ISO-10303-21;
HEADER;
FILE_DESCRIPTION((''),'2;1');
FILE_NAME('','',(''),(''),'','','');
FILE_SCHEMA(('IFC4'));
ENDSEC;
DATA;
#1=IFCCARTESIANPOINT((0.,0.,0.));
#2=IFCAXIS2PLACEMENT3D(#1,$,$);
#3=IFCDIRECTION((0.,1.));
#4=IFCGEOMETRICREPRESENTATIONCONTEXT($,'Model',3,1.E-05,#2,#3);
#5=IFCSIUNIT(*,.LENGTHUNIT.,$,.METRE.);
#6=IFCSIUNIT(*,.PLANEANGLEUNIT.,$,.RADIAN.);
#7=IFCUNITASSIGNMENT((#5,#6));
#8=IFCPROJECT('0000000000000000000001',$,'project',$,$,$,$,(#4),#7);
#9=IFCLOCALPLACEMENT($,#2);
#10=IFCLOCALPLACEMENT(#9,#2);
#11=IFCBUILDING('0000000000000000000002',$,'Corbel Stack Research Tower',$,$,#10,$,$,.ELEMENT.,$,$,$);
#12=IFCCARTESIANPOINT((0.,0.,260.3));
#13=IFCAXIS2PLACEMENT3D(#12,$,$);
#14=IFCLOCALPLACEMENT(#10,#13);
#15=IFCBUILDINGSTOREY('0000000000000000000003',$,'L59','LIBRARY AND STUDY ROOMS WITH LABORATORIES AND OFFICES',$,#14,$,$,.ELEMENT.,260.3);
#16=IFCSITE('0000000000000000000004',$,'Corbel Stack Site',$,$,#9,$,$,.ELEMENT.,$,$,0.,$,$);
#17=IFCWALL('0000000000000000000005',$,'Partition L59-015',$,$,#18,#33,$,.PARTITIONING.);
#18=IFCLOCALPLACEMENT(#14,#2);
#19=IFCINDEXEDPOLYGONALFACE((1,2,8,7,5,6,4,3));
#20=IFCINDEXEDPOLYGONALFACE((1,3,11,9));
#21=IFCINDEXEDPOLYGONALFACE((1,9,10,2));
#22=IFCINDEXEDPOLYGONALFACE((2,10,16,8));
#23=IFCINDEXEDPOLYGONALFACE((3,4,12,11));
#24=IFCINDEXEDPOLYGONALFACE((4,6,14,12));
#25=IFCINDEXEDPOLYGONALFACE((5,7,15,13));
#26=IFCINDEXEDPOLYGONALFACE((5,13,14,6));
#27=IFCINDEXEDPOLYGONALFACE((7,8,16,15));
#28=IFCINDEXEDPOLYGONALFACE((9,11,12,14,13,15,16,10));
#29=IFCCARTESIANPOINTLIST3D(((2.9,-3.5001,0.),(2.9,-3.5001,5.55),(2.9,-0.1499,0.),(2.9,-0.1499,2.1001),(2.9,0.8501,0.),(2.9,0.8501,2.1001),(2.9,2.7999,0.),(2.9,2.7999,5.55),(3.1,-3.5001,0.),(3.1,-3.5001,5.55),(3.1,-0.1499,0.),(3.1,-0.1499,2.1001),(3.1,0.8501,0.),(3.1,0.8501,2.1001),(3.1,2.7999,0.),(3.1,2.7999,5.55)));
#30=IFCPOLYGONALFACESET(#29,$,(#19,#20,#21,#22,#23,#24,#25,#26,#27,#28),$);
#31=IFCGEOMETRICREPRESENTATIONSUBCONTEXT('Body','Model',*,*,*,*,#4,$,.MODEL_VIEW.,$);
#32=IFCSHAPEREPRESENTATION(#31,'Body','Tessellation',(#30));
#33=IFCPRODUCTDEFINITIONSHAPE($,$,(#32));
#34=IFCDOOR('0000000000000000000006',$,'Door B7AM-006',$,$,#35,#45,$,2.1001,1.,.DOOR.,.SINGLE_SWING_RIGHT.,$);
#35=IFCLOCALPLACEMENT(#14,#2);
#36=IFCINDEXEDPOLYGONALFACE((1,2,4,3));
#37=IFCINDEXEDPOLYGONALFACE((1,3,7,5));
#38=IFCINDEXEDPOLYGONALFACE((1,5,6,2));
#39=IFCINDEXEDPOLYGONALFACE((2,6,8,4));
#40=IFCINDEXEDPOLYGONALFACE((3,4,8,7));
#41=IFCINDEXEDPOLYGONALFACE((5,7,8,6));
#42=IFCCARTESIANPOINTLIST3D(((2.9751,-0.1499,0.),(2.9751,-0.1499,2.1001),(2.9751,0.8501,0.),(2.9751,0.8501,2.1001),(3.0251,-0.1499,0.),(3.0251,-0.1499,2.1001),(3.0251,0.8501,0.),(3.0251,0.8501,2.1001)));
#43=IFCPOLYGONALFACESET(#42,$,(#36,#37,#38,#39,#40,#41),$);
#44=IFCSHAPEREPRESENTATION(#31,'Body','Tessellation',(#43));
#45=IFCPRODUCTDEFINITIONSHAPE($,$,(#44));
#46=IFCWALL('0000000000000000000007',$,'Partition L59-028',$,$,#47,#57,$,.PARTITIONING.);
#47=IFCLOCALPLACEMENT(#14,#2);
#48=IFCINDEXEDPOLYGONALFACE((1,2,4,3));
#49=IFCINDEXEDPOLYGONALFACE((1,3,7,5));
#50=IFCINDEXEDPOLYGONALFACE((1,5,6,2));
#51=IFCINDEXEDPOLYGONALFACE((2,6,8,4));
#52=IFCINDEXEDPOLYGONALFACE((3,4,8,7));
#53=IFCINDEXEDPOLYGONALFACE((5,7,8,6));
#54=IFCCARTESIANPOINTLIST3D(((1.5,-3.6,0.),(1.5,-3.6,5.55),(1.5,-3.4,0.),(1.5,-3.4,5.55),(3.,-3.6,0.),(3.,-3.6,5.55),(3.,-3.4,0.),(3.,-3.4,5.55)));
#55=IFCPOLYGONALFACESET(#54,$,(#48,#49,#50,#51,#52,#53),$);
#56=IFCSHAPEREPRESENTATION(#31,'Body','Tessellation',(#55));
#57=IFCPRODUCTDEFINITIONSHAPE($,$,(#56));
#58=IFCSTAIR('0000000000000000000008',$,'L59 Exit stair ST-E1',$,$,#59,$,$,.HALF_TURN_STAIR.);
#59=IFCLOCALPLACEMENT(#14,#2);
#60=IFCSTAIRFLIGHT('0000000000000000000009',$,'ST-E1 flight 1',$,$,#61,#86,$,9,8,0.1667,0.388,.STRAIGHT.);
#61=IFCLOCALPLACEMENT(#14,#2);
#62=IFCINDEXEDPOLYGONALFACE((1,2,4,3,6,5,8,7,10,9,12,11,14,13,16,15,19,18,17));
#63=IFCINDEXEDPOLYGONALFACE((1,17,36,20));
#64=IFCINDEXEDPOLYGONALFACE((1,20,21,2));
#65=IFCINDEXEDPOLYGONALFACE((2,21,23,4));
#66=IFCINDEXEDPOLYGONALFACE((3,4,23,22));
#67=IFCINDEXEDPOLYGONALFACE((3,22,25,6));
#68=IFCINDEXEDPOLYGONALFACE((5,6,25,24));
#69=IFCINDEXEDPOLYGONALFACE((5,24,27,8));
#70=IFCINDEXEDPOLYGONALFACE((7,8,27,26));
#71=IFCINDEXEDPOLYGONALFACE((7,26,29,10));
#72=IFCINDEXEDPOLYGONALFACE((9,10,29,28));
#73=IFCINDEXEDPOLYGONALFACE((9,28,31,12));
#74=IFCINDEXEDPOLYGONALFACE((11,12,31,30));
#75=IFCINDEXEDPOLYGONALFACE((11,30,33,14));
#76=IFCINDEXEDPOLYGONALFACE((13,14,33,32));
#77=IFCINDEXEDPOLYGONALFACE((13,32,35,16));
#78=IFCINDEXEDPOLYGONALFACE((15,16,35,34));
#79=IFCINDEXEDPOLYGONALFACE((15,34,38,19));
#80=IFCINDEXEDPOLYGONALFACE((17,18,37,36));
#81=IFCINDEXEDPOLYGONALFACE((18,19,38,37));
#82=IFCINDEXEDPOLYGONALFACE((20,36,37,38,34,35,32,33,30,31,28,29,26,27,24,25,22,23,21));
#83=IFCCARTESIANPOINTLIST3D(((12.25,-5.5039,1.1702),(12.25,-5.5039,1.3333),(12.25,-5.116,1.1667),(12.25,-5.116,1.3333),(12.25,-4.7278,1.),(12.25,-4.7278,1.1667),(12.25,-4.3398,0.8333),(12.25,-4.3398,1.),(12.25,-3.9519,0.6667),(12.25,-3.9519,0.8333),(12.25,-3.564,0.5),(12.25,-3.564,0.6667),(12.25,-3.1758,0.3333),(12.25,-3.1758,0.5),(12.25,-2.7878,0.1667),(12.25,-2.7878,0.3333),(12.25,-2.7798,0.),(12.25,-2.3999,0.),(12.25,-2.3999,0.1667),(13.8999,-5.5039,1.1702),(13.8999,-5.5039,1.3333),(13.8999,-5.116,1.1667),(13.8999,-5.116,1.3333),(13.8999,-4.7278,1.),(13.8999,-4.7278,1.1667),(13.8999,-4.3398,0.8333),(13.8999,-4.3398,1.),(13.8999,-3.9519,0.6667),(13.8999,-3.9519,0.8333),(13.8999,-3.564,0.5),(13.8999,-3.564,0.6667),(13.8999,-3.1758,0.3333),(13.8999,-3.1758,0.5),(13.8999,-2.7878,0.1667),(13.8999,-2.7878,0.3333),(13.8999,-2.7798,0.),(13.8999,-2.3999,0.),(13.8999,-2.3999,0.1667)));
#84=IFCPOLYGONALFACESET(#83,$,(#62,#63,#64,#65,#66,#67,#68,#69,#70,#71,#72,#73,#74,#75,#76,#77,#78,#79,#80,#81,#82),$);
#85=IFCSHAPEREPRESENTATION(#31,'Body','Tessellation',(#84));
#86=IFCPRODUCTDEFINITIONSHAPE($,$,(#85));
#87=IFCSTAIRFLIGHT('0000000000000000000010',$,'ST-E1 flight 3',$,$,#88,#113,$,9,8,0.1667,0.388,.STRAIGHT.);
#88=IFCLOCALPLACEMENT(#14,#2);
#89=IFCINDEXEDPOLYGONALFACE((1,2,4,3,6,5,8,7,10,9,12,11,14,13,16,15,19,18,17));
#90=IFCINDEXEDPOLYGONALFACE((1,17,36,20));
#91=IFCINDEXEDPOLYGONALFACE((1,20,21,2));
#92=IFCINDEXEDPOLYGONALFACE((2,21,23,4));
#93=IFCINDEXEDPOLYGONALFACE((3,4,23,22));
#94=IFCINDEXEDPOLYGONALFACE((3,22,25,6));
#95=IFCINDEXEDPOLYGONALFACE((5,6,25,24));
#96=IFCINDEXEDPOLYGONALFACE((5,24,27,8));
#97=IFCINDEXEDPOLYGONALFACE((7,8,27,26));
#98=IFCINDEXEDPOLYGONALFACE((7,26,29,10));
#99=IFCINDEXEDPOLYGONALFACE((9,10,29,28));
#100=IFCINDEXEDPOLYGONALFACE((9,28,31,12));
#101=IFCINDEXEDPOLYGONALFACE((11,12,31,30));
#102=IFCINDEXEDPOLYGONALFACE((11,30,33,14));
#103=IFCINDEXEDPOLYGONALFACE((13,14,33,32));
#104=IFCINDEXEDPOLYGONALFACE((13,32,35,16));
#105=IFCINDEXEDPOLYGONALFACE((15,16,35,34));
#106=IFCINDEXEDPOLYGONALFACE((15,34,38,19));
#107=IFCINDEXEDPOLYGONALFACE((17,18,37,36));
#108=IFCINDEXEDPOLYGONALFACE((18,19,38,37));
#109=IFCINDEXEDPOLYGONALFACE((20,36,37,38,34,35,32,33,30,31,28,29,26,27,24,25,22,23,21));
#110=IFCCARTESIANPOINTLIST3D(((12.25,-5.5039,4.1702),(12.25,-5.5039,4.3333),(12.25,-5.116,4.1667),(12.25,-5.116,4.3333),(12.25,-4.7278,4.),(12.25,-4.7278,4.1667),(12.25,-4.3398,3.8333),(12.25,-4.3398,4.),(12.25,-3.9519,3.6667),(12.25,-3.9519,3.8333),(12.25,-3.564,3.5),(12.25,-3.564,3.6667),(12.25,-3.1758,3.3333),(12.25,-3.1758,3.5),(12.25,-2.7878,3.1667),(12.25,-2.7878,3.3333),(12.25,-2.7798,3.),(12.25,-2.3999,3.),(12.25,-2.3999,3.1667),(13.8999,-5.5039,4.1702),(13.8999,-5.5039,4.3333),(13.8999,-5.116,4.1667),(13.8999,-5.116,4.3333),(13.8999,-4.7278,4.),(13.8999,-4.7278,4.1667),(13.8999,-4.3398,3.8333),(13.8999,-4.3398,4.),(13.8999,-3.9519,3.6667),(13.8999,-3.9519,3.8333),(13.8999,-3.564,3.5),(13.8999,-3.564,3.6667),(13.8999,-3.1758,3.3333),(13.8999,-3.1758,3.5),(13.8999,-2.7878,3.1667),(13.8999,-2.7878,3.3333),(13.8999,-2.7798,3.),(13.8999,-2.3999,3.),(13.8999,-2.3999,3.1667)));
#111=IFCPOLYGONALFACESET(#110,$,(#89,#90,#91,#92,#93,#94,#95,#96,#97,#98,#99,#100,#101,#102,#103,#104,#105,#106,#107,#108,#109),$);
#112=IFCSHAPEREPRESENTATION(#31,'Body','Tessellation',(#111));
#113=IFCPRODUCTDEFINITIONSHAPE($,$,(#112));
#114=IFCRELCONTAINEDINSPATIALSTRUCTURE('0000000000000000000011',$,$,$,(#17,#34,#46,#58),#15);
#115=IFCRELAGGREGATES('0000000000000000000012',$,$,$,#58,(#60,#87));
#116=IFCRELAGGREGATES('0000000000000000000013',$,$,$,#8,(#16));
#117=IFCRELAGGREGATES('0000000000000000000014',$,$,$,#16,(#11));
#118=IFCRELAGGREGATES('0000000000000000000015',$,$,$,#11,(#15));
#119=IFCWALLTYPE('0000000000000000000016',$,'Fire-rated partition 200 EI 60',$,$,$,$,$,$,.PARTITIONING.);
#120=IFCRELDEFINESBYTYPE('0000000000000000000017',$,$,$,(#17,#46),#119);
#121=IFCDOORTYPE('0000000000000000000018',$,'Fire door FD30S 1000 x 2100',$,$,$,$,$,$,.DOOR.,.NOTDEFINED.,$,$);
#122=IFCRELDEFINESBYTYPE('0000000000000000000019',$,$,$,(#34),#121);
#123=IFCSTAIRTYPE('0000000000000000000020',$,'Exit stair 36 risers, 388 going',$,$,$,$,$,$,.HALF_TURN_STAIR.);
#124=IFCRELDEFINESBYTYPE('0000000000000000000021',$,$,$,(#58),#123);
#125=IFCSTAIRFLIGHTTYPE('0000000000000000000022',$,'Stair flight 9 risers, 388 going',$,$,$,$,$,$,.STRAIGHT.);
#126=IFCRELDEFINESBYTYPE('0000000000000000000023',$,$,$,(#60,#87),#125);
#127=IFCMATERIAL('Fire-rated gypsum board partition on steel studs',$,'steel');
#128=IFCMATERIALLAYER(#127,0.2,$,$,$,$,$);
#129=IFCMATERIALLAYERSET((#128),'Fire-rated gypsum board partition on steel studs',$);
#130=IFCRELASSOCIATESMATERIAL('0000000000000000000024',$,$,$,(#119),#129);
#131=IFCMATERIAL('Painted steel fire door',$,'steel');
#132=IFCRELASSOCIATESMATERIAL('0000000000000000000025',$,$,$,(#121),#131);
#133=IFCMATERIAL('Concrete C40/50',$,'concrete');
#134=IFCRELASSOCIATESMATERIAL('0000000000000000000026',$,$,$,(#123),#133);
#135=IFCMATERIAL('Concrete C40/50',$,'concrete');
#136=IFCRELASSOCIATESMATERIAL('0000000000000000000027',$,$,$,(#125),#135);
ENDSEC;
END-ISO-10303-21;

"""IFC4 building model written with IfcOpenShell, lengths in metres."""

from ifc_helpers import new_model, si_unit, direction, frame, frame_2d, origin, place, context, subcontext, project, spatial, polyline, rectangle, outline, extrude, material, layer, layer_set, type_object, element, fill, aggregate, save


model = new_model("IFC4")

# Units and contexts
model_context = context("Model", 3, precision=1e-05, world=origin(), true_north=direction((0.0, 1.0)))
body_context = subcontext(model_context, "Body", "Model", "MODEL_VIEW")
ifc_project = project(units=[si_unit("LENGTHUNIT", "METRE"), si_unit("PLANEANGLEUNIT", "RADIAN")], contexts=[model_context])

# Site, building, storey
site_placement = place(None, origin())
site = spatial("IfcSite", under=ifc_project, at=site_placement, Name="Corbel Stack Site", CompositionType="ELEMENT", RefElevation=0.0)
building_placement = place(site_placement, origin())
building = spatial("IfcBuilding", under=site, at=building_placement, Name="Corbel Stack Research Tower", CompositionType="ELEMENT")
storey_placement = place(building_placement, frame((0.0, 0.0, 260.3)))
storey = spatial("IfcBuildingStorey", under=building, at=storey_placement, Name="L59", Description="LIBRARY AND STUDY ROOMS WITH LABORATORIES AND OFFICES", CompositionType="ELEMENT", Elevation=260.3)

# Wall, opening, door
ifc_material_1 = material(Name="Fire-rated gypsum board partition on steel studs", Category="steel")
ifc_layer_1 = layer(ifc_material_1, 0.2)
ifc_layer_set_1 = layer_set([ifc_layer_1], Name="Fire-rated gypsum board partition on steel studs")
wall_type_1 = type_object("IfcWallType", Name="Fire-rated partition 200 EI 60", PredefinedType="PARTITIONING", material=ifc_layer_set_1)
wall_1_placement = place(storey_placement, frame((3.0, -3.5, 0.0), z_axis=(0.0, 0.0, 1.0), x_axis=(0.0, 1.0, 0.0)))
wall_1 = element("IfcWall", 1, at=wall_1_placement, inside=storey, type_object=wall_type_1, Name="Partition L59-015", PredefinedType="PARTITIONING", context=body_context, shape_type="SweptSolid", body=[
    extrude(rectangle(XDim=6.3, YDim=0.2, at=frame_2d((3.1499, 0.0))), origin(), (0.0, 0.0, 1.0), 5.55),
])
opening_1_placement = place(wall_1_placement, frame((3.3501, 0.0, 0.0)))
opening_1 = element("IfcOpeningElement", 2, at=opening_1_placement, cuts=wall_1, PredefinedType="OPENING", context=body_context, shape_type="SweptSolid", body=[
    extrude(rectangle(XDim=1.0, YDim=2.1001, at=frame_2d((0.5, 1.05))), frame((0.0, 0.1099, 0.0), z_axis=(0.0, -1.0, 0.0), x_axis=(1.0, 0.0, 0.0)), (0.0, 0.0, 1.0), 0.22),
])
ifc_material_2 = material(Name="Painted steel fire door", Category="steel")
door_type_1 = type_object("IfcDoorType", Name="Fire door FD30S 1000 x 2100", OperationType="NOTDEFINED", PredefinedType="DOOR", material=ifc_material_2)
door_1_placement = place(opening_1_placement, origin())
door_1 = element("IfcDoor", 3, at=door_1_placement, inside=storey, type_object=door_type_1, Name="Door B7AM-006", OperationType="SINGLE_SWING_RIGHT", OverallHeight=2.1001, OverallWidth=1.0, PredefinedType="DOOR", context=body_context, shape_type="SweptSolid", body=[
    extrude(rectangle(XDim=1.0, YDim=2.1001, at=frame_2d((0.5, 1.05))), frame((0.0, 0.0249, 0.0), z_axis=(0.0, -1.0, 0.0), x_axis=(1.0, 0.0, 0.0)), (0.0, 0.0, 1.0), 0.05),
])
fill(opening_1, door_1)

# Wall
wall_2_placement = place(storey_placement, frame((1.5, -3.5, 0.0), z_axis=(0.0, 0.0, 1.0), x_axis=(1.0, 0.0, 0.0)))
element("IfcWall", 4, at=wall_2_placement, inside=storey, type_object=wall_type_1, Name="Partition L59-028", PredefinedType="PARTITIONING", context=body_context, shape_type="SweptSolid", body=[
    extrude(rectangle(XDim=1.5, YDim=0.2, at=frame_2d((0.75, 0.0))), origin(), (0.0, 0.0, 1.0), 5.55),
])

# Stair, stair flights
ifc_material_3 = material(Name="Concrete C40/50", Category="concrete")
stair_type = type_object("IfcStairType", Name="Exit stair 36 risers, 388 going", PredefinedType="HALF_TURN_STAIR", material=ifc_material_3)
stair_placement = place(storey_placement, origin())
stair = element("IfcStair", 5, at=stair_placement, inside=storey, type_object=stair_type, Name="L59 Exit stair ST-E1", PredefinedType="HALF_TURN_STAIR")
ifc_material_4 = material(Name="Concrete C40/50", Category="concrete")
stair_flight_type = type_object("IfcStairFlightType", Name="Stair flight 9 risers, 388 going", PredefinedType="STRAIGHT", material=ifc_material_4)
stair_flight_1_placement = place(storey_placement, frame((13.075, -2.3999, 0.0), z_axis=(0.0, 0.0, 1.0), x_axis=(0.0, -1.0, 0.0)))
stair_flight_1 = element("IfcStairFlight", 6, at=stair_flight_1_placement, type_object=stair_flight_type, Name="ST-E1 flight 1", NumberOfRisers=9, NumberOfTreads=8, PredefinedType="STRAIGHT", RiserHeight=0.1667, TreadLength=0.388, context=body_context, shape_type="SweptSolid", body=[
    extrude(outline(polyline([(0.0, 0.0), (0.0, 0.1667), (0.3879, 0.1667), (0.3879, 0.3333), (0.7759, 0.3333), (0.7759, 0.5), (1.1641, 0.5), (1.1641, 0.6667), (1.552, 0.6667), (1.552, 0.8333), (1.9399, 0.8333), (1.9399, 1.0), (2.3279, 1.0), (2.3279, 1.1667), (2.7161, 1.1667), (2.7161, 1.3333), (3.104, 1.3333), (3.104, 1.5), (3.104, 1.1702), (0.3799, 0.0), (0.0, 0.0)])), frame((0.0, 0.825, 0.0), z_axis=(0.0, -1.0, 0.0), x_axis=(1.0, 0.0, 0.0)), (0.0, 0.0, 1.0), 1.6499),
])
stair_flight_2_placement = place(storey_placement, frame((13.075, -2.3999, 3.0), z_axis=(0.0, 0.0, 1.0), x_axis=(0.0, -1.0, 0.0)))
stair_flight_2 = element("IfcStairFlight", 7, at=stair_flight_2_placement, type_object=stair_flight_type, Name="ST-E1 flight 3", NumberOfRisers=9, NumberOfTreads=8, PredefinedType="STRAIGHT", RiserHeight=0.1667, TreadLength=0.388, context=body_context, shape_type="SweptSolid", body=[
    extrude(outline(polyline([(0.0, 0.0), (0.0, 0.1667), (0.3879, 0.1667), (0.3879, 0.3333), (0.7759, 0.3333), (0.7759, 0.5), (1.1641, 0.5), (1.1641, 0.6667), (1.552, 0.6667), (1.552, 0.8333), (1.9399, 0.8333), (1.9399, 1.0), (2.3279, 1.0), (2.3279, 1.1667), (2.7161, 1.1667), (2.7161, 1.3333), (3.104, 1.3333), (3.104, 1.5), (3.104, 1.1702), (0.3799, 0.0), (0.0, 0.0)])), frame((0.0, 0.825, 0.0), z_axis=(0.0, -1.0, 0.0), x_axis=(1.0, 0.0, 0.0)), (0.0, 0.0, 1.0), 1.6499),
])
aggregate(stair, [stair_flight_1, stair_flight_2])

save(model, "model.ifc")
